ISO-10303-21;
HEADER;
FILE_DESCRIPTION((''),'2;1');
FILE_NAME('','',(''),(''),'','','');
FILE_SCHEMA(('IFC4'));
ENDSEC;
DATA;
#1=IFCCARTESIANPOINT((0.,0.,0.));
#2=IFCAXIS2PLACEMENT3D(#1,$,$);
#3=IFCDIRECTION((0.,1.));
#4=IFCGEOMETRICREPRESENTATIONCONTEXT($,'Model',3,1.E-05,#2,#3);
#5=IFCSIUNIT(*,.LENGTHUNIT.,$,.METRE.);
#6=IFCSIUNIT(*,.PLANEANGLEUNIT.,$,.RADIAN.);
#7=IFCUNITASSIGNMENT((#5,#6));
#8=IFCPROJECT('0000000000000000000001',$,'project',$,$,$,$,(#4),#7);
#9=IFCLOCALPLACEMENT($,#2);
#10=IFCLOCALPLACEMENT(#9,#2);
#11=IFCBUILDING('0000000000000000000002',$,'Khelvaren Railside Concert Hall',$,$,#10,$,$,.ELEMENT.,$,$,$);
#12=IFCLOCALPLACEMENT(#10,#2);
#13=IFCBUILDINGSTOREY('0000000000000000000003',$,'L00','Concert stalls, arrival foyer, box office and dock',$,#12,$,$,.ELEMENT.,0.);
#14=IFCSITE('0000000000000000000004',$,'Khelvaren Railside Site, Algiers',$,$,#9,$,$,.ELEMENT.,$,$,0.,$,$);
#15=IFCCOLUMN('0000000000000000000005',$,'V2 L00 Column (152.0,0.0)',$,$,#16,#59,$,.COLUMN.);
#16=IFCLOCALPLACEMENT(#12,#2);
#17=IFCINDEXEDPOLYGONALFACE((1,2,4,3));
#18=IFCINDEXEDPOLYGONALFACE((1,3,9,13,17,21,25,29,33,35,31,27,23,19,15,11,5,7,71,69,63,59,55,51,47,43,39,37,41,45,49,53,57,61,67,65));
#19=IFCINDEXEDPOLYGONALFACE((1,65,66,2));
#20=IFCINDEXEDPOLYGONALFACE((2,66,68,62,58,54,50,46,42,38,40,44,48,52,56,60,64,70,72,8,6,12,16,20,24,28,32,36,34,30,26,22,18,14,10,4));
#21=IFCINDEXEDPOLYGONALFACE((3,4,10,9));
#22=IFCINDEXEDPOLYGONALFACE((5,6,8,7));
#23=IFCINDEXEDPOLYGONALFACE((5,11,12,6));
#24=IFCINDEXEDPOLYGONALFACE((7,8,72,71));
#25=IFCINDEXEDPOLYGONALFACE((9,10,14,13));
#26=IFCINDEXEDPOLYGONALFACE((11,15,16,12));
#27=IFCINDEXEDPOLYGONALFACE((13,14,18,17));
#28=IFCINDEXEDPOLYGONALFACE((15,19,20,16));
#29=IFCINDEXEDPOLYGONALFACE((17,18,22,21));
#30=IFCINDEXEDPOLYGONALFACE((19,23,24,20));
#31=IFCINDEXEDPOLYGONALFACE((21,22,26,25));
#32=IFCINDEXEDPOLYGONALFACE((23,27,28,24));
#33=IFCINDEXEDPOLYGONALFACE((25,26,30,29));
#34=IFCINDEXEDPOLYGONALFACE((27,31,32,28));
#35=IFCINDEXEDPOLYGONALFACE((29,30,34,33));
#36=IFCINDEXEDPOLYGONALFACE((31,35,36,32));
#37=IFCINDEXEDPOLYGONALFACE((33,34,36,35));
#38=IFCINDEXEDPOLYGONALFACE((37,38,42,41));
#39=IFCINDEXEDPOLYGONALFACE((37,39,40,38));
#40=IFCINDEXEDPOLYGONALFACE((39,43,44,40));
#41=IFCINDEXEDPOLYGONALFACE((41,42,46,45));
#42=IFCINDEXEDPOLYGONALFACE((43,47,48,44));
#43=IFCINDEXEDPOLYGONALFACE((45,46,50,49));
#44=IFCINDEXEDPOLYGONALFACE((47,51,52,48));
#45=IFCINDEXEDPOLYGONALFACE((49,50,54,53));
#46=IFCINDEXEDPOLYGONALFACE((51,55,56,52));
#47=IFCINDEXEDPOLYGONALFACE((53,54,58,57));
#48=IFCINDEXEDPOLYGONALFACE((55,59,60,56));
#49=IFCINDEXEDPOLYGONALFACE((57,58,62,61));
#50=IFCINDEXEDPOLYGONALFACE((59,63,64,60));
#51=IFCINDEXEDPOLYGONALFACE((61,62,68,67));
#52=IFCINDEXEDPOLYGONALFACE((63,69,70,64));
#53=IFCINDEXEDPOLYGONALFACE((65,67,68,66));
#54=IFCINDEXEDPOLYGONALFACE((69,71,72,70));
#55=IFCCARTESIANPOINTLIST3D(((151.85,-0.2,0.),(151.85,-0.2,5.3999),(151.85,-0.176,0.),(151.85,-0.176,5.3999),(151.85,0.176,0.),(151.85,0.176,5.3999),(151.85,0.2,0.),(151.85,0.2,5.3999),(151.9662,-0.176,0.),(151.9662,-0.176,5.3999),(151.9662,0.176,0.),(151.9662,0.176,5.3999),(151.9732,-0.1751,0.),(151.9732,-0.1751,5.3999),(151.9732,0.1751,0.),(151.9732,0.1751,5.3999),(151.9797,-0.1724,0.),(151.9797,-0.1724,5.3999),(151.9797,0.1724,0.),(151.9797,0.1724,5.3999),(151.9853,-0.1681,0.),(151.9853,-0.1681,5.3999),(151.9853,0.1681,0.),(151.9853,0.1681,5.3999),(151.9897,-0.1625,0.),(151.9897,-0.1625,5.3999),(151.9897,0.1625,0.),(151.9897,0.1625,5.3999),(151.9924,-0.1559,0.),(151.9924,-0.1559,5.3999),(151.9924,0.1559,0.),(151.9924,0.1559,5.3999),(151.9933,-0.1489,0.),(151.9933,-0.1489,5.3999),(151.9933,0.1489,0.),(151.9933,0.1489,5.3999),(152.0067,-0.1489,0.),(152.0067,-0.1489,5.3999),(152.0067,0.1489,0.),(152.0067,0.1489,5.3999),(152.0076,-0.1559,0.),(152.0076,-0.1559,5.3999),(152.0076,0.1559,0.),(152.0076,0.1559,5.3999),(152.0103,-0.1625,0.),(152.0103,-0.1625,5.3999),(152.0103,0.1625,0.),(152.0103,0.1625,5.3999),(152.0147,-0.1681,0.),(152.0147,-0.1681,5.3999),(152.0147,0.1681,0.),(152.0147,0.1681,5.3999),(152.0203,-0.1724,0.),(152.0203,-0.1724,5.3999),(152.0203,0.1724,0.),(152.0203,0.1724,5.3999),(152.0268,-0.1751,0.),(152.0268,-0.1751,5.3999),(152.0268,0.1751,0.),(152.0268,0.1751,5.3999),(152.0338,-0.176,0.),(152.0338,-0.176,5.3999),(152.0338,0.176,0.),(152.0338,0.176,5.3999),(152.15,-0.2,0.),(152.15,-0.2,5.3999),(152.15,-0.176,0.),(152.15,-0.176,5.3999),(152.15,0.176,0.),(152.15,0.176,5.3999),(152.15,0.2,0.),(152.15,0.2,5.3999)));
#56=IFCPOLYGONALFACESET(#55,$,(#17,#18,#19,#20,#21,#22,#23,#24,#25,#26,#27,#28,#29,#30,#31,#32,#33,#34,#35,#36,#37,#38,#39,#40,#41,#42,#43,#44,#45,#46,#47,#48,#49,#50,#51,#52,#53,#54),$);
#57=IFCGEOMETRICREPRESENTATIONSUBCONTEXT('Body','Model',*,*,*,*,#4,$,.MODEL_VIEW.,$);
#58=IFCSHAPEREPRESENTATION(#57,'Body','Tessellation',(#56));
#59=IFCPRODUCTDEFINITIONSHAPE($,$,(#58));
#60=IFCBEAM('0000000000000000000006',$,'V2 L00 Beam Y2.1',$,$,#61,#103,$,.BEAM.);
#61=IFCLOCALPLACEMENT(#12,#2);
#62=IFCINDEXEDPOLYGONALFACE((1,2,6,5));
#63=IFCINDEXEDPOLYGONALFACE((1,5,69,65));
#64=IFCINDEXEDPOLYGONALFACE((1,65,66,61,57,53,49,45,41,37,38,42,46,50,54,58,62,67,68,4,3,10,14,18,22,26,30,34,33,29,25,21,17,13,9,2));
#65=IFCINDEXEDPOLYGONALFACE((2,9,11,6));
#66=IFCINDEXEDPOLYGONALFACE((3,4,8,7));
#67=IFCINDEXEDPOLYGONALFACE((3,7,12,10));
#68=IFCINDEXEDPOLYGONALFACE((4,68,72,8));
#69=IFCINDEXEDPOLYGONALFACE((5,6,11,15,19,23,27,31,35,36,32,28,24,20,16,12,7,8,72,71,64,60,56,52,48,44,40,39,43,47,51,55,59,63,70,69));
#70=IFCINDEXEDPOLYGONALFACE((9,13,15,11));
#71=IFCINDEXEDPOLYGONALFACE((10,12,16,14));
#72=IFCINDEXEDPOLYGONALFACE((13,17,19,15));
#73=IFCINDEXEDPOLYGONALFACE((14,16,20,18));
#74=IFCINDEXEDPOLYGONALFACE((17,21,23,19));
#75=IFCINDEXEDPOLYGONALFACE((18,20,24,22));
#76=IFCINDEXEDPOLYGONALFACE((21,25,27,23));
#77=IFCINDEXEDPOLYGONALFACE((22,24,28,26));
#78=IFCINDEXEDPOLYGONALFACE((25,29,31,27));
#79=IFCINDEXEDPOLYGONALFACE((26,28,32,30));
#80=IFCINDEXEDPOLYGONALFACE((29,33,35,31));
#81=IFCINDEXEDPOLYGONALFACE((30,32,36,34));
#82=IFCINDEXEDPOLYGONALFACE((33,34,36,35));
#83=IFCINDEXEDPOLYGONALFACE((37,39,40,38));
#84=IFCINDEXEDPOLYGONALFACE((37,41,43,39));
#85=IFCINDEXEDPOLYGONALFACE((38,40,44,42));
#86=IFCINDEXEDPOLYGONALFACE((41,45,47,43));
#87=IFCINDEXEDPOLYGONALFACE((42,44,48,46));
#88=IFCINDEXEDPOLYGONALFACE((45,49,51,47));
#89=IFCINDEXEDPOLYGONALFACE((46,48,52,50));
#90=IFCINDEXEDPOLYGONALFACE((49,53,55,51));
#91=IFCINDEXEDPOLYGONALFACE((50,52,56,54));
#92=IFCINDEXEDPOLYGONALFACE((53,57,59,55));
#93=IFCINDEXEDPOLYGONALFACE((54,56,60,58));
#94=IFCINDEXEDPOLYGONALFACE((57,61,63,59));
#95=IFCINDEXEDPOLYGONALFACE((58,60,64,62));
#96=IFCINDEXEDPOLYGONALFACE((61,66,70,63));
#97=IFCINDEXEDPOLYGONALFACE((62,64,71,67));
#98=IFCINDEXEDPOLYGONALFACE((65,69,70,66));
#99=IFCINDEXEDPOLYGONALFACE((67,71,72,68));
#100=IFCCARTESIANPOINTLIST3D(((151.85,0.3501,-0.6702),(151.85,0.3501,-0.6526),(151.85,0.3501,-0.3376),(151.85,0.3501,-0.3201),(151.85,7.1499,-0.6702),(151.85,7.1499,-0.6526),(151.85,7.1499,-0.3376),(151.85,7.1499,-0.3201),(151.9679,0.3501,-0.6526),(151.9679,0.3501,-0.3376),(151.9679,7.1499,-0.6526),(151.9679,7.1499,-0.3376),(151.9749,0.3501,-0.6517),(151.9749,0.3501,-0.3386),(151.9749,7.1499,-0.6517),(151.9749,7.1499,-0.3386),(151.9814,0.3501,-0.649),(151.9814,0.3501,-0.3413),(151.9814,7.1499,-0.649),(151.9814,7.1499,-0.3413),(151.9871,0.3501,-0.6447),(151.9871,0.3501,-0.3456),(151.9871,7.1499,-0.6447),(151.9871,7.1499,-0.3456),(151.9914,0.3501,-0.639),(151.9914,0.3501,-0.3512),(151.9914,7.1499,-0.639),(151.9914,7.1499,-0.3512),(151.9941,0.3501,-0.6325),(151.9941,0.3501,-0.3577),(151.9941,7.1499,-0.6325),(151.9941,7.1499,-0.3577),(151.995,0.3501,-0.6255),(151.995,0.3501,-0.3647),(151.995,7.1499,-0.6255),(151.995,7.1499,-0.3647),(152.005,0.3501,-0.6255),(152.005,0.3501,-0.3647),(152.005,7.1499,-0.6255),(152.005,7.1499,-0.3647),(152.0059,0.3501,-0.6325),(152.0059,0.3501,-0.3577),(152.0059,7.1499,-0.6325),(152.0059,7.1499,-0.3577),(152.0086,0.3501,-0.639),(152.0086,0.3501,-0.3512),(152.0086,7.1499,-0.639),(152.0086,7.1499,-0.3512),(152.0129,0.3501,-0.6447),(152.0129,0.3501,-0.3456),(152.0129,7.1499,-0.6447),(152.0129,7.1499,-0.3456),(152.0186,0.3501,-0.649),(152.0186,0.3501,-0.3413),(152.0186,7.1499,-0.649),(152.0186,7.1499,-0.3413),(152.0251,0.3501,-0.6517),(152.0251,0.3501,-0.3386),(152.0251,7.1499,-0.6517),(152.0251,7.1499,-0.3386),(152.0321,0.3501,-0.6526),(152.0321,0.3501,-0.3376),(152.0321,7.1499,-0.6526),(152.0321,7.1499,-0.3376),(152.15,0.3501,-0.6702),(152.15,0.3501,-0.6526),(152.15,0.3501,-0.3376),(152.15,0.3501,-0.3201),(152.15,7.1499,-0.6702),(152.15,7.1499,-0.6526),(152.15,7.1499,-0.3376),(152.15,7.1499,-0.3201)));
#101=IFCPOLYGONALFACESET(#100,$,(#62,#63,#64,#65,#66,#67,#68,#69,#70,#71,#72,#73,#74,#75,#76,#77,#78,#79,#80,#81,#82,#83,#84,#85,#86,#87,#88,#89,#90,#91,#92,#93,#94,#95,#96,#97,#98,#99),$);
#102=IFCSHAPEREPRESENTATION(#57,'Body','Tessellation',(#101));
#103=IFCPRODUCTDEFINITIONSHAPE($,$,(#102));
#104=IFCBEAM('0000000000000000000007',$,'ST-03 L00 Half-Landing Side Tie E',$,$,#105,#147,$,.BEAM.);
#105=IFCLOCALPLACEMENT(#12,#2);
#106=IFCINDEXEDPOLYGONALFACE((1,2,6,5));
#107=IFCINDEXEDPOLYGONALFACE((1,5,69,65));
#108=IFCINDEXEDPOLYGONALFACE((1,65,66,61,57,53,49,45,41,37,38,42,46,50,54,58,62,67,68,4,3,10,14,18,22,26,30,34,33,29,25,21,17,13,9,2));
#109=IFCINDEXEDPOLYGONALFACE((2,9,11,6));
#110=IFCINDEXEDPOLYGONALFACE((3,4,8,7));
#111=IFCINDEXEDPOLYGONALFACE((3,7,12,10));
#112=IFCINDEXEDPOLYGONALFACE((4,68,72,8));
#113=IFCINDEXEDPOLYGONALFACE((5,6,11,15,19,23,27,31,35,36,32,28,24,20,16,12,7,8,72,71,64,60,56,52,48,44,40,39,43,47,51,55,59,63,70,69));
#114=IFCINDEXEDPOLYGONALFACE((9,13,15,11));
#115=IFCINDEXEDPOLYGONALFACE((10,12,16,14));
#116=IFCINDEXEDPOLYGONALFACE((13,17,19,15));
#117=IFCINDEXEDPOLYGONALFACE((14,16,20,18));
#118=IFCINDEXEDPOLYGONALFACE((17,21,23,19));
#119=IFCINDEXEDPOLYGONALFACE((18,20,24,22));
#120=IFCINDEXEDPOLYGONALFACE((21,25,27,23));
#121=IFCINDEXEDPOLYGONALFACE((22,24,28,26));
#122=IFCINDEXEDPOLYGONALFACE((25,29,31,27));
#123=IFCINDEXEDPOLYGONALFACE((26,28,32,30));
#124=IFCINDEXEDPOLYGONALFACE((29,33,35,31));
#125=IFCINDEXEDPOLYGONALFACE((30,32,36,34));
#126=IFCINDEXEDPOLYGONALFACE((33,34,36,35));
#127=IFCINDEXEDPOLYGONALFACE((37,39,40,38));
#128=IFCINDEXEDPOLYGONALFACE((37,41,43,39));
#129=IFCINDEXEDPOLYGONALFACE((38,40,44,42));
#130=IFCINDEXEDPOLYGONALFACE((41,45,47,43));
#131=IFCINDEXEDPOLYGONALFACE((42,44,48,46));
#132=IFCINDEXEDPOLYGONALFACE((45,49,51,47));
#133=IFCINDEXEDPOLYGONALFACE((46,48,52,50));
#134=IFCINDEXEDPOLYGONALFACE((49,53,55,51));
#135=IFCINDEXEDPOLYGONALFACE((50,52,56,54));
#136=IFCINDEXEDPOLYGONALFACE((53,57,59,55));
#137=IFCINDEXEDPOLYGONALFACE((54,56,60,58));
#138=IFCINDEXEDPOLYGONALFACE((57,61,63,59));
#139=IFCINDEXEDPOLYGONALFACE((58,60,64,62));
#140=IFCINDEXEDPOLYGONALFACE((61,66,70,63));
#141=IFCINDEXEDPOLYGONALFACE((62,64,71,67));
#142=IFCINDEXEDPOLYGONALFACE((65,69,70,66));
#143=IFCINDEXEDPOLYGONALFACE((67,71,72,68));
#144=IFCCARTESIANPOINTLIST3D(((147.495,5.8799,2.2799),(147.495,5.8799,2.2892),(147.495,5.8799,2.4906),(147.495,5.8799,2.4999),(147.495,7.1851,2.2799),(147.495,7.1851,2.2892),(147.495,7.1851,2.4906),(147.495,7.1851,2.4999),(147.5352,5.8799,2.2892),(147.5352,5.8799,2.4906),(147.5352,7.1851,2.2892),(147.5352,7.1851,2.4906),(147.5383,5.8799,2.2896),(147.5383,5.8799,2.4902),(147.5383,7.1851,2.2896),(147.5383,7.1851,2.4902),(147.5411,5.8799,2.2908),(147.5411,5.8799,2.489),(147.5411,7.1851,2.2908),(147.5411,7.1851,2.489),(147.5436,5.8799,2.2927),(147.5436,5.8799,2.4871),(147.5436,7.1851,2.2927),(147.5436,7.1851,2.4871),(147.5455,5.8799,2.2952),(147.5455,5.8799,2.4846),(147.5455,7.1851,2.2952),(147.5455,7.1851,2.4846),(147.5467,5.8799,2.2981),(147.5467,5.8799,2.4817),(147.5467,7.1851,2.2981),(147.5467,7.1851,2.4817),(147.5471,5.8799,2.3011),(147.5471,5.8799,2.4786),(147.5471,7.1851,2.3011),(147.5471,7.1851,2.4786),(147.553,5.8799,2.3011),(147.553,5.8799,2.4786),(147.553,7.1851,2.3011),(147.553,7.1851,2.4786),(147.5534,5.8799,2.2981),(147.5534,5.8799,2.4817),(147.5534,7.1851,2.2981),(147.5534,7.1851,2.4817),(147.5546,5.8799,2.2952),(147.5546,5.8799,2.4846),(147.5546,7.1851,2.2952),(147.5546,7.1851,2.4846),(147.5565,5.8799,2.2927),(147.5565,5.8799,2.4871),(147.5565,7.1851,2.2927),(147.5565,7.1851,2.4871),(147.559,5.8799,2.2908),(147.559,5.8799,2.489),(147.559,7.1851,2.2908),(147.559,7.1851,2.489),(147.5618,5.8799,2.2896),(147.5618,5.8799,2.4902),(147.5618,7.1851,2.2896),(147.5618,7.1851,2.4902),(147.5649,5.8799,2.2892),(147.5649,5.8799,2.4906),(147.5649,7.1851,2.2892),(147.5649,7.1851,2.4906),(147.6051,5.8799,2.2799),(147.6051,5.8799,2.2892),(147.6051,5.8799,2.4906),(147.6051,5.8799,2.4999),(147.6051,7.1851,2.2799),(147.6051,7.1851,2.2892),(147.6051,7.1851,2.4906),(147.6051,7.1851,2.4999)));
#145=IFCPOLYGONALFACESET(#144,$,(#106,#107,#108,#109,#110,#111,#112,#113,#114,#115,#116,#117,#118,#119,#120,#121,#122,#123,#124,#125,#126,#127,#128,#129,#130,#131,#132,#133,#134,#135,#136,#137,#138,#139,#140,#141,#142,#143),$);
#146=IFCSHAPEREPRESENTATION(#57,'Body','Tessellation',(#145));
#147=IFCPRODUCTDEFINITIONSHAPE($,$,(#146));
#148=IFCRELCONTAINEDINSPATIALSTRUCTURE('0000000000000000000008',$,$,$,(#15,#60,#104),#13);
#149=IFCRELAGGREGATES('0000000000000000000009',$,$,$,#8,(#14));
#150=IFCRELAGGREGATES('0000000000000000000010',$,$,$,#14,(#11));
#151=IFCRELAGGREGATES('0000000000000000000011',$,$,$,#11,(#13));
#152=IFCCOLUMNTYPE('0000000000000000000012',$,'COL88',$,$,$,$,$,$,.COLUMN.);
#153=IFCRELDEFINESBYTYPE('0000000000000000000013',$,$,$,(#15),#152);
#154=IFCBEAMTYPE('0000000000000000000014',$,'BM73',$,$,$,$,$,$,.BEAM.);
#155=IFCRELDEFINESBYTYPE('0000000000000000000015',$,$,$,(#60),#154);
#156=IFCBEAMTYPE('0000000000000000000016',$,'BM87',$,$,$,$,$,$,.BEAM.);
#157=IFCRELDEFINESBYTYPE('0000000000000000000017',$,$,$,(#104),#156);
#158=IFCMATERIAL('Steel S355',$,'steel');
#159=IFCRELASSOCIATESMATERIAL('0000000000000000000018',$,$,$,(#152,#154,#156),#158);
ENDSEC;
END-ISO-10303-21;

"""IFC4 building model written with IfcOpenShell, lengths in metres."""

from ifc_helpers import new_model, si_unit, direction, frame, origin, origin_2d, place, context, subcontext, project, spatial, i_section, extrude, material, material_profile, profile_set, type_object, element, save


model = new_model("IFC4")

# Units and contexts
model_context = context("Model", 3, precision=1e-05, world=origin(), true_north=direction((0.0, 1.0)))
body_context = subcontext(model_context, "Body", "Model", "MODEL_VIEW")
ifc_project = project(units=[si_unit("LENGTHUNIT", "METRE"), si_unit("PLANEANGLEUNIT", "RADIAN")], contexts=[model_context])

# Site, building, storey
site_placement = place(None, origin())
site = spatial("IfcSite", under=ifc_project, at=site_placement, Name="Khelvaren Railside Site, Algiers", CompositionType="ELEMENT", RefElevation=0.0)
building_placement = place(site_placement, origin())
building = spatial("IfcBuilding", under=site, at=building_placement, Name="Khelvaren Railside Concert Hall", CompositionType="ELEMENT")
storey_placement = place(building_placement, origin())
storey = spatial("IfcBuildingStorey", under=building, at=storey_placement, Name="L00", Description="Concert stalls, arrival foyer, box office and dock", CompositionType="ELEMENT", Elevation=0.0)

# Column
ifc_material_1 = material(Name="Steel S355", Category="steel")
ifc_material_profile_1 = material_profile(ifc_material_1, i_section(OverallWidth=0.3, OverallDepth=0.3999, WebThickness=0.0134, FlangeThickness=0.0239, FilletRadius=0.0271, at=origin_2d()), Name="HEB 400")
ifc_profile_set_1 = profile_set([ifc_material_profile_1], Name="Steel S355")
column_type = type_object("IfcColumnType", Name="COL88", PredefinedType="COLUMN", material=ifc_profile_set_1)
column_placement = place(storey_placement, frame((152.0, 0.0, 0.0), z_axis=(0.0, 0.0, 1.0), x_axis=(1.0, 0.0, 0.0)))
element("IfcColumn", 1, at=column_placement, inside=storey, type_object=column_type, Name="V2 L00 Column (152.0,0.0)", PredefinedType="COLUMN", context=body_context, shape_type="SweptSolid", body=[
    extrude(i_section(OverallWidth=0.3, OverallDepth=0.3999, WebThickness=0.0134, FlangeThickness=0.0239, FilletRadius=0.0271, at=origin_2d()), origin(), (0.0, 0.0, 1.0), 5.3999),
])

# Beams
ifc_material_profile_2 = material_profile(ifc_material_1, i_section(OverallWidth=0.3, OverallDepth=0.3501, WebThickness=0.01, FlangeThickness=0.0176, FilletRadius=0.0271, at=origin_2d()), Name="HEA 360")
ifc_profile_set_2 = profile_set([ifc_material_profile_2], Name="Steel S355")
beam_type_1 = type_object("IfcBeamType", Name="BM73", PredefinedType="BEAM", material=ifc_profile_set_2)
beam_1_placement = place(storey_placement, frame((152.0, 0.3501, -0.4951), z_axis=(0.0, 1.0, 0.0), x_axis=(-1.0, 0.0, 0.0)))
element("IfcBeam", 2, at=beam_1_placement, inside=storey, type_object=beam_type_1, Name="V2 L00 Beam Y2.1", PredefinedType="BEAM", context=body_context, shape_type="SweptSolid", body=[
    extrude(i_section(OverallWidth=0.3, OverallDepth=0.3501, WebThickness=0.01, FlangeThickness=0.0176, FilletRadius=0.0271, at=origin_2d()), origin(), (0.0, 0.0, 1.0), 6.7998),
])
ifc_material_profile_3 = material_profile(ifc_material_1, i_section(OverallWidth=0.1101, OverallDepth=0.22, WebThickness=0.0059, FlangeThickness=0.0093, FilletRadius=0.012, at=origin_2d()), Name="IPE 220")
ifc_profile_set_3 = profile_set([ifc_material_profile_3], Name="Steel S355")
beam_type_2 = type_object("IfcBeamType", Name="BM87", PredefinedType="BEAM", material=ifc_profile_set_3)
beam_2_placement = place(storey_placement, frame((147.55, 5.8799, 2.3899), z_axis=(0.0, 1.0, 0.0), x_axis=(-1.0, 0.0, 0.0)))
element("IfcBeam", 3, at=beam_2_placement, inside=storey, type_object=beam_type_2, Name="ST-03 L00 Half-Landing Side Tie E", PredefinedType="BEAM", context=body_context, shape_type="SweptSolid", body=[
    extrude(i_section(OverallWidth=0.1101, OverallDepth=0.22, WebThickness=0.0059, FlangeThickness=0.0093, FilletRadius=0.012, at=origin_2d()), origin(), (0.0, 0.0, 1.0), 1.3052),
])

save(model, "model.ifc")
